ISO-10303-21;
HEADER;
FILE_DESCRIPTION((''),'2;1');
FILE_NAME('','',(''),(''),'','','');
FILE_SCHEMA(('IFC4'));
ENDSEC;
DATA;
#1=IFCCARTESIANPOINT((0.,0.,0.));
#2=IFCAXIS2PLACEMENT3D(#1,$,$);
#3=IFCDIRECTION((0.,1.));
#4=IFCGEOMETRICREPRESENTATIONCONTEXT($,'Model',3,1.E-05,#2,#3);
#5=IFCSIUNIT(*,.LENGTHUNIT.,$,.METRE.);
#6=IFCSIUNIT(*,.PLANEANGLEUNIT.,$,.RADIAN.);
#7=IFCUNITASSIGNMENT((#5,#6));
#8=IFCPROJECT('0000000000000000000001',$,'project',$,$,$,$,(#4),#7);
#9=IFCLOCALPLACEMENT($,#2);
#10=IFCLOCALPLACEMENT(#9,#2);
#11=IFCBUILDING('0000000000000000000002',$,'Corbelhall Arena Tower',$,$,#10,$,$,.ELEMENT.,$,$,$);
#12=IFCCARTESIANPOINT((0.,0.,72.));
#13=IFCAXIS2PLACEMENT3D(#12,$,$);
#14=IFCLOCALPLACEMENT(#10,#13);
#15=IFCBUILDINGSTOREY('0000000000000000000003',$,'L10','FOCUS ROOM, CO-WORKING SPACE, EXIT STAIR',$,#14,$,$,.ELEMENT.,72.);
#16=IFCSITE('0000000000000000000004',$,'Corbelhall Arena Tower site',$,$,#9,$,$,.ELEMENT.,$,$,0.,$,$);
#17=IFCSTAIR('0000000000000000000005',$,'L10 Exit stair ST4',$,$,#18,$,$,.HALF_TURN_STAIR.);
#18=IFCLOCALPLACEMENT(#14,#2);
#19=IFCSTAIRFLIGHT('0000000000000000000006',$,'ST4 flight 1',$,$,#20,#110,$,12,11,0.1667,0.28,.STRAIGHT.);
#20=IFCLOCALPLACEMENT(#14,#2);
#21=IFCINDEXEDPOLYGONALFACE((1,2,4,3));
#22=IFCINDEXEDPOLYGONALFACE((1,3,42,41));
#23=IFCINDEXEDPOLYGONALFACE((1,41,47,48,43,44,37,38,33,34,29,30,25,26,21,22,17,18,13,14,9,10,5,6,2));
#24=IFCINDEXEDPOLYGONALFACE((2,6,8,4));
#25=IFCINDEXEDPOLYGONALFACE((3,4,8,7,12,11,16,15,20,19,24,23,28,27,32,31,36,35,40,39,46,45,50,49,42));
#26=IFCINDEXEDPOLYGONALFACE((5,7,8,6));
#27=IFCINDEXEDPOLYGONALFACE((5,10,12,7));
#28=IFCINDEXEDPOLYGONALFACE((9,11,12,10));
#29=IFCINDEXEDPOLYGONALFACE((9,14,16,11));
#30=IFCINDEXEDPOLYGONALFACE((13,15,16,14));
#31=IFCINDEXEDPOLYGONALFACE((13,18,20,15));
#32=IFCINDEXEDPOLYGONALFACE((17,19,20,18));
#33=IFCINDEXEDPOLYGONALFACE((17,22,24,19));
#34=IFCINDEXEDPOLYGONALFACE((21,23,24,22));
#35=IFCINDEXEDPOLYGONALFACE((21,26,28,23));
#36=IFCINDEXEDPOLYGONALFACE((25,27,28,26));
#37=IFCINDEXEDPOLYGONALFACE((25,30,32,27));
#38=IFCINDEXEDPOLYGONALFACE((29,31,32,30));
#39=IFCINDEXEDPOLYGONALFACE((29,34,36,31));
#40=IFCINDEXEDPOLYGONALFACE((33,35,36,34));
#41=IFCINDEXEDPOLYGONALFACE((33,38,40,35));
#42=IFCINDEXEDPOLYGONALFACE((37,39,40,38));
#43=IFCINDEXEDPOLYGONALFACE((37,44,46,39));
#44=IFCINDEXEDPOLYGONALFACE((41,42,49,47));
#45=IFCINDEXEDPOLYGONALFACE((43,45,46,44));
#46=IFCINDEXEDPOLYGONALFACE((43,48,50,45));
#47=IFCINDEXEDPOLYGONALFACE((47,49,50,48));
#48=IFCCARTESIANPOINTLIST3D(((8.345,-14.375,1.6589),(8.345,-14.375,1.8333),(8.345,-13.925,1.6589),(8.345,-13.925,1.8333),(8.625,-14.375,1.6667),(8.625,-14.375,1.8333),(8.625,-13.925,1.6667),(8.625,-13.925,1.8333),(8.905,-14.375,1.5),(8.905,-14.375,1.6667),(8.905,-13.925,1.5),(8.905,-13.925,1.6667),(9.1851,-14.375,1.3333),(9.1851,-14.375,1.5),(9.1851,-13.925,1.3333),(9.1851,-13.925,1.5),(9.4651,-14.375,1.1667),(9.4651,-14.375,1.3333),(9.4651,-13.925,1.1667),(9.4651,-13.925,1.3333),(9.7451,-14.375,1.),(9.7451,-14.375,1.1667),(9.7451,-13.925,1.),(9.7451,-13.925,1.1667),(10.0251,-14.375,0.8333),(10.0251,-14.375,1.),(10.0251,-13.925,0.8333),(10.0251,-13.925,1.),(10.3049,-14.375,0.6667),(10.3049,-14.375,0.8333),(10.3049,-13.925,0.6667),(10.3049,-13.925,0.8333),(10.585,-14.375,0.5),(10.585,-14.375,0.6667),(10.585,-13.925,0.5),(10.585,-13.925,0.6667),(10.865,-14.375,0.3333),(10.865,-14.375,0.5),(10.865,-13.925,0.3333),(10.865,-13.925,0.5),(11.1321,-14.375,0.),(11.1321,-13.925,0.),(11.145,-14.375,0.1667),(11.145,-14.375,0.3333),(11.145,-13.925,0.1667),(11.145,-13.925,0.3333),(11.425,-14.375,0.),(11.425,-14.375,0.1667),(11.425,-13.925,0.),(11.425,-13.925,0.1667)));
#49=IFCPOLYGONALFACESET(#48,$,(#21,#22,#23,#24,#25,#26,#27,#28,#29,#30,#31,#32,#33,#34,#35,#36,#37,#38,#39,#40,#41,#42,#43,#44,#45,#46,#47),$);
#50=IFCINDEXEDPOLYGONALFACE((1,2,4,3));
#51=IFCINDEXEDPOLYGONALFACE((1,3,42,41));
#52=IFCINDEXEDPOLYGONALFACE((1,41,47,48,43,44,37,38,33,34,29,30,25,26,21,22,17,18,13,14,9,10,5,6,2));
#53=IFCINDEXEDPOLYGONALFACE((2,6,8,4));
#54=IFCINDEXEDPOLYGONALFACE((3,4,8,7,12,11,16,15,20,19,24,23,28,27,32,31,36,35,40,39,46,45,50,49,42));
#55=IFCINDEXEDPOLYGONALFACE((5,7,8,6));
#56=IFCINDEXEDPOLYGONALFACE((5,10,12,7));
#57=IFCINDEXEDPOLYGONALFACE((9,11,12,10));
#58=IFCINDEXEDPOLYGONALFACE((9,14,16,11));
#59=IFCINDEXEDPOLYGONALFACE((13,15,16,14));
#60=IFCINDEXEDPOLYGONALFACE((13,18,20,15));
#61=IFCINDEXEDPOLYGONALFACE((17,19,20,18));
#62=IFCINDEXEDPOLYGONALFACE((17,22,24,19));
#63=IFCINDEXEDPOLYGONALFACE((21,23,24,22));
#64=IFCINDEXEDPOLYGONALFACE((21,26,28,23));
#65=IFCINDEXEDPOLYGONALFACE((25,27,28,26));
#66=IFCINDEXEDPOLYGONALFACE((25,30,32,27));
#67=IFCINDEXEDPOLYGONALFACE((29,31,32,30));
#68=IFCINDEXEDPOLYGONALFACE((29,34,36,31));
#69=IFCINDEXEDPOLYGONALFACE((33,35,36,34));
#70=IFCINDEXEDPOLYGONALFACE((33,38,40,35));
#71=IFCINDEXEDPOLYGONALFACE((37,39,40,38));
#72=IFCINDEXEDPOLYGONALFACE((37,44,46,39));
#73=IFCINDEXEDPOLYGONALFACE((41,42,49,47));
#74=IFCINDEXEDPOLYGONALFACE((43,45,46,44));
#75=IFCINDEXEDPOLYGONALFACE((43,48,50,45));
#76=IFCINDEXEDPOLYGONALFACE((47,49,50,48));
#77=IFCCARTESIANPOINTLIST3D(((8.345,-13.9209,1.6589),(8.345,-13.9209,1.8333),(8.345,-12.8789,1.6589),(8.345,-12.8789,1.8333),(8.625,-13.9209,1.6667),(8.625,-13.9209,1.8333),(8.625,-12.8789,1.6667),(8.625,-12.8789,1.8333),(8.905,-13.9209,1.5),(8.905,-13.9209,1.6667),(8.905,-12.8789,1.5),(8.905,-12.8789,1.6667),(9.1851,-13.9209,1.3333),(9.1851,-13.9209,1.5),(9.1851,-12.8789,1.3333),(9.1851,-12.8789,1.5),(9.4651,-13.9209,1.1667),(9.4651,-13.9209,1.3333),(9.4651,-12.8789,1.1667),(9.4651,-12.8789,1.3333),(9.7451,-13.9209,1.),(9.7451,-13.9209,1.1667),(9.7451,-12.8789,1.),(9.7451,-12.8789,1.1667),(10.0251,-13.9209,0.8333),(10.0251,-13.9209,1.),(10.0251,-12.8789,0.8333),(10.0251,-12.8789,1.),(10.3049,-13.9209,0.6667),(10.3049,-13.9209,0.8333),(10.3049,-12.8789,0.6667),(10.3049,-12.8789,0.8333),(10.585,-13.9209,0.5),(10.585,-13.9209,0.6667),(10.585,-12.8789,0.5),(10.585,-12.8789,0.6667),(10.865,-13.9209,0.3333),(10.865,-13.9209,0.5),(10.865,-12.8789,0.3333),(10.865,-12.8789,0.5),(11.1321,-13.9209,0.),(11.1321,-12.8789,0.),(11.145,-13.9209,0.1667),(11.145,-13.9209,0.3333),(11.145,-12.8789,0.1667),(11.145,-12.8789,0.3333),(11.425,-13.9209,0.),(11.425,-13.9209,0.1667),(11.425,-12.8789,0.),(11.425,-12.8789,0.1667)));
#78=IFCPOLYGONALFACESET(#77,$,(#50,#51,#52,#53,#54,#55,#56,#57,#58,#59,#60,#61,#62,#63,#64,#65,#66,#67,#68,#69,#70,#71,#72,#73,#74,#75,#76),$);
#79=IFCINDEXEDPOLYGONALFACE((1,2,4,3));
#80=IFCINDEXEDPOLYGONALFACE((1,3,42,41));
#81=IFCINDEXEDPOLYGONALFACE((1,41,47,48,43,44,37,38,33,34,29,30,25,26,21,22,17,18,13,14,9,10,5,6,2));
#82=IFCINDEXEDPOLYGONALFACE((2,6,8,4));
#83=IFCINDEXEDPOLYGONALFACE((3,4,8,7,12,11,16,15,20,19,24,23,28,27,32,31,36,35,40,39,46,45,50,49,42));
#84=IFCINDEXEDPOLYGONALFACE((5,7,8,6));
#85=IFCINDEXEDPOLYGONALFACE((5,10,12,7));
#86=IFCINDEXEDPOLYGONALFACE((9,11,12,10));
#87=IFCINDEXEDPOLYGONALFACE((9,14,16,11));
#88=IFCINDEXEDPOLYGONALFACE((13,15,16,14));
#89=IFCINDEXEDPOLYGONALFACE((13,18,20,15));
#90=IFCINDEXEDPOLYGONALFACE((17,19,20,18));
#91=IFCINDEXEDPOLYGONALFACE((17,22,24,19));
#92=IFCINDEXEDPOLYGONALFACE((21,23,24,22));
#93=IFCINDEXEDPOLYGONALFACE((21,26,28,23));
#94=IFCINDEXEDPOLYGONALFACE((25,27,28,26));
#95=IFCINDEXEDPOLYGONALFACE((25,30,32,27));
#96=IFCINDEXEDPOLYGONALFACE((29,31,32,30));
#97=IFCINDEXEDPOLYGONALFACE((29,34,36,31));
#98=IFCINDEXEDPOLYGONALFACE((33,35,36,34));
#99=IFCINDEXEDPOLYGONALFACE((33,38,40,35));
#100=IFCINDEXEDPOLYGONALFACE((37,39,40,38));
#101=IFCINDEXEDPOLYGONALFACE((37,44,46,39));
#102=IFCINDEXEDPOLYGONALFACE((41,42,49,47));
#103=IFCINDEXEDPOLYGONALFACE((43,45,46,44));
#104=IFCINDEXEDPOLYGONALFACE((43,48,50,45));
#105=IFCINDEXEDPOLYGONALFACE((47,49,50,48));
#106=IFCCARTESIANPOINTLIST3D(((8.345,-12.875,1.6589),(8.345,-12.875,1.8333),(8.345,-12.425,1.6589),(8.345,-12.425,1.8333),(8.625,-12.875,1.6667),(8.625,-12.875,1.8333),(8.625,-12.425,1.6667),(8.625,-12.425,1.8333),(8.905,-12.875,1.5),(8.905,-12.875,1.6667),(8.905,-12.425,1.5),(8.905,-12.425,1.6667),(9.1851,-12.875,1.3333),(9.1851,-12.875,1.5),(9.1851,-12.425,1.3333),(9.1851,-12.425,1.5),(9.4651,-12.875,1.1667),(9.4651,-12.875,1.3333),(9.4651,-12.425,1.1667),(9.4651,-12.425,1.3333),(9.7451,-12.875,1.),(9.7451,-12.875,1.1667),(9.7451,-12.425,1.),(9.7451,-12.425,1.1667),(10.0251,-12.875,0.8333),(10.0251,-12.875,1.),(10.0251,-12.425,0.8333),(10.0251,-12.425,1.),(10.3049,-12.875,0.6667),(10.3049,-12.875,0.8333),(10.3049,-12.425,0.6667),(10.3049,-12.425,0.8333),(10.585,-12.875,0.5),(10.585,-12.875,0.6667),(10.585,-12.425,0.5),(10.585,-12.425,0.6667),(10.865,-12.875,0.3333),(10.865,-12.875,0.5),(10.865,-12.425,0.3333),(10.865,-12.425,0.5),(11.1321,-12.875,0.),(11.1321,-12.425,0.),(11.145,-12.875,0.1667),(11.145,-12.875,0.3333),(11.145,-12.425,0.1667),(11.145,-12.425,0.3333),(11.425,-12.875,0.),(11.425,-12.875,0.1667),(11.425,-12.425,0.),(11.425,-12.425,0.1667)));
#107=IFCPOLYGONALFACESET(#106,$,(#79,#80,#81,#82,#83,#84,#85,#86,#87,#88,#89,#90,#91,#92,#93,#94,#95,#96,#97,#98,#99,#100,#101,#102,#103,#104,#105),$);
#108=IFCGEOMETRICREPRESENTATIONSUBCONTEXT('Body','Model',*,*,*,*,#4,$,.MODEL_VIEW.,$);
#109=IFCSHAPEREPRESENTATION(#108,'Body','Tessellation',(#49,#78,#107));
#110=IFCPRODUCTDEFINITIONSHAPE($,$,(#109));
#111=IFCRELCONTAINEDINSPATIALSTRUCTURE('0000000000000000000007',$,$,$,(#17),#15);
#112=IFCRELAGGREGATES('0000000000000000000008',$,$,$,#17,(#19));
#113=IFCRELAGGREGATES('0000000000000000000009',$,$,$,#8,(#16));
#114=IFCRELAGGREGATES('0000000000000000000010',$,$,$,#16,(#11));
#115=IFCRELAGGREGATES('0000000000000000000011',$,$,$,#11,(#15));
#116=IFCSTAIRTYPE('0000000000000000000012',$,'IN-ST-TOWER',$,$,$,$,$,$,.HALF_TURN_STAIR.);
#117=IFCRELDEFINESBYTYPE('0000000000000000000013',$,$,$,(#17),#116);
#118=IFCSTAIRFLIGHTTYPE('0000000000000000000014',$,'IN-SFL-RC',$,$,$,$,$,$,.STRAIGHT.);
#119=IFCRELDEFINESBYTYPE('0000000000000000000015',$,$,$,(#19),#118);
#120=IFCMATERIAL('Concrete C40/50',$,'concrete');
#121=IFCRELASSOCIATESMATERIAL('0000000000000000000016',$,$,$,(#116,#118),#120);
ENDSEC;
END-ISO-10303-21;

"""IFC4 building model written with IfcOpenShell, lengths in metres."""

from ifc_helpers import new_model, si_unit, direction, frame, origin, place, context, subcontext, project, spatial, polyline, outline, extrude, material, type_object, element, aggregate, save


model = new_model("IFC4")

# Units and contexts
model_context = context("Model", 3, precision=1e-05, world=origin(), true_north=direction((0.0, 1.0)))
body_context = subcontext(model_context, "Body", "Model", "MODEL_VIEW")
ifc_project = project(units=[si_unit("LENGTHUNIT", "METRE"), si_unit("PLANEANGLEUNIT", "RADIAN")], contexts=[model_context])

# Site, building, storey
site_placement = place(None, origin())
site = spatial("IfcSite", under=ifc_project, at=site_placement, Name="Corbelhall Arena Tower site", CompositionType="ELEMENT", RefElevation=0.0)
building_placement = place(site_placement, origin())
building = spatial("IfcBuilding", under=site, at=building_placement, Name="Corbelhall Arena Tower", CompositionType="ELEMENT")
storey_placement = place(building_placement, frame((0.0, 0.0, 72.0)))
storey = spatial("IfcBuildingStorey", under=building, at=storey_placement, Name="L10", Description="FOCUS ROOM, CO-WORKING SPACE, EXIT STAIR", CompositionType="ELEMENT", Elevation=72.0)

# Shared definitions
ifc_material_1 = material(Name="Concrete C40/50", Category="concrete")

# Shared definitions
stair_type = type_object("IfcStairType", Name="IN-ST-TOWER", PredefinedType="HALF_TURN_STAIR", material=ifc_material_1)

# Stair, stair flight
stair_1_placement = place(storey_placement, origin())
stair_1 = element("IfcStair", 1, at=stair_1_placement, inside=storey, type_object=stair_type, Name="L10 Exit stair ST4", PredefinedType="HALF_TURN_STAIR")
stair_flight_type = type_object("IfcStairFlightType", Name="IN-SFL-RC", PredefinedType="STRAIGHT", material=ifc_material_1)
stair_flight_placement = place(storey_placement, frame((11.425, -13.3999, 0.0), z_axis=(0.0, 0.0, 1.0), x_axis=(-1.0, 0.0, 0.0)))
stair_flight = element("IfcStairFlight", 2, at=stair_flight_placement, type_object=stair_flight_type, Name="ST4 flight 1", NumberOfRisers=12, NumberOfTreads=11, PredefinedType="STRAIGHT", RiserHeight=0.1667, TreadLength=0.28, context=body_context, shape_type="SweptSolid", body=[
    extrude(outline(polyline([(0.0, 0.0), (0.0, 0.1667), (0.28, 0.1667), (0.28, 0.3333), (0.5601, 0.3333), (0.5601, 0.5), (0.8401, 0.5), (0.8401, 0.6667), (1.1201, 0.6667), (1.1201, 0.8333), (1.3999, 0.8333), (1.3999, 1.0), (1.6799, 1.0), (1.6799, 1.1667), (1.96, 1.1667), (1.96, 1.3333), (2.24, 1.3333), (2.24, 1.5), (2.52, 1.5), (2.52, 1.6667), (2.8, 1.6667), (2.8, 1.8333), (3.0801, 1.8333), (3.0801, 2.0), (3.0801, 1.6589), (0.293, 0.0), (0.0, 0.0)])), frame((0.0, 0.9751, 0.0), z_axis=(0.0, -1.0, 0.0), x_axis=(1.0, 0.0, 0.0)), (0.0, 0.0, 1.0), 0.45),
    extrude(outline(polyline([(0.0, 0.0), (0.0, 0.1667), (0.28, 0.1667), (0.28, 0.3333), (0.5601, 0.3333), (0.5601, 0.5), (0.8401, 0.5), (0.8401, 0.6667), (1.1201, 0.6667), (1.1201, 0.8333), (1.3999, 0.8333), (1.3999, 1.0), (1.6799, 1.0), (1.6799, 1.1667), (1.96, 1.1667), (1.96, 1.3333), (2.24, 1.3333), (2.24, 1.5), (2.52, 1.5), (2.52, 1.6667), (2.8, 1.6667), (2.8, 1.8333), (3.0801, 1.8333), (3.0801, 2.0), (3.0801, 1.6589), (0.293, 0.0), (0.0, 0.0)])), frame((0.0, 0.521, 0.0), z_axis=(0.0, -1.0, 0.0), x_axis=(1.0, 0.0, 0.0)), (0.0, 0.0, 1.0), 1.042),
    extrude(outline(polyline([(0.0, 0.0), (0.0, 0.1667), (0.28, 0.1667), (0.28, 0.3333), (0.5601, 0.3333), (0.5601, 0.5), (0.8401, 0.5), (0.8401, 0.6667), (1.1201, 0.6667), (1.1201, 0.8333), (1.3999, 0.8333), (1.3999, 1.0), (1.6799, 1.0), (1.6799, 1.1667), (1.96, 1.1667), (1.96, 1.3333), (2.24, 1.3333), (2.24, 1.5), (2.52, 1.5), (2.52, 1.6667), (2.8, 1.6667), (2.8, 1.8333), (3.0801, 1.8333), (3.0801, 2.0), (3.0801, 1.6589), (0.293, 0.0), (0.0, 0.0)])), frame((0.0, -0.5249, 0.0), z_axis=(0.0, -1.0, 0.0), x_axis=(1.0, 0.0, 0.0)), (0.0, 0.0, 1.0), 0.45),
])
aggregate(stair_1, [stair_flight])

save(model, "model.ifc")
